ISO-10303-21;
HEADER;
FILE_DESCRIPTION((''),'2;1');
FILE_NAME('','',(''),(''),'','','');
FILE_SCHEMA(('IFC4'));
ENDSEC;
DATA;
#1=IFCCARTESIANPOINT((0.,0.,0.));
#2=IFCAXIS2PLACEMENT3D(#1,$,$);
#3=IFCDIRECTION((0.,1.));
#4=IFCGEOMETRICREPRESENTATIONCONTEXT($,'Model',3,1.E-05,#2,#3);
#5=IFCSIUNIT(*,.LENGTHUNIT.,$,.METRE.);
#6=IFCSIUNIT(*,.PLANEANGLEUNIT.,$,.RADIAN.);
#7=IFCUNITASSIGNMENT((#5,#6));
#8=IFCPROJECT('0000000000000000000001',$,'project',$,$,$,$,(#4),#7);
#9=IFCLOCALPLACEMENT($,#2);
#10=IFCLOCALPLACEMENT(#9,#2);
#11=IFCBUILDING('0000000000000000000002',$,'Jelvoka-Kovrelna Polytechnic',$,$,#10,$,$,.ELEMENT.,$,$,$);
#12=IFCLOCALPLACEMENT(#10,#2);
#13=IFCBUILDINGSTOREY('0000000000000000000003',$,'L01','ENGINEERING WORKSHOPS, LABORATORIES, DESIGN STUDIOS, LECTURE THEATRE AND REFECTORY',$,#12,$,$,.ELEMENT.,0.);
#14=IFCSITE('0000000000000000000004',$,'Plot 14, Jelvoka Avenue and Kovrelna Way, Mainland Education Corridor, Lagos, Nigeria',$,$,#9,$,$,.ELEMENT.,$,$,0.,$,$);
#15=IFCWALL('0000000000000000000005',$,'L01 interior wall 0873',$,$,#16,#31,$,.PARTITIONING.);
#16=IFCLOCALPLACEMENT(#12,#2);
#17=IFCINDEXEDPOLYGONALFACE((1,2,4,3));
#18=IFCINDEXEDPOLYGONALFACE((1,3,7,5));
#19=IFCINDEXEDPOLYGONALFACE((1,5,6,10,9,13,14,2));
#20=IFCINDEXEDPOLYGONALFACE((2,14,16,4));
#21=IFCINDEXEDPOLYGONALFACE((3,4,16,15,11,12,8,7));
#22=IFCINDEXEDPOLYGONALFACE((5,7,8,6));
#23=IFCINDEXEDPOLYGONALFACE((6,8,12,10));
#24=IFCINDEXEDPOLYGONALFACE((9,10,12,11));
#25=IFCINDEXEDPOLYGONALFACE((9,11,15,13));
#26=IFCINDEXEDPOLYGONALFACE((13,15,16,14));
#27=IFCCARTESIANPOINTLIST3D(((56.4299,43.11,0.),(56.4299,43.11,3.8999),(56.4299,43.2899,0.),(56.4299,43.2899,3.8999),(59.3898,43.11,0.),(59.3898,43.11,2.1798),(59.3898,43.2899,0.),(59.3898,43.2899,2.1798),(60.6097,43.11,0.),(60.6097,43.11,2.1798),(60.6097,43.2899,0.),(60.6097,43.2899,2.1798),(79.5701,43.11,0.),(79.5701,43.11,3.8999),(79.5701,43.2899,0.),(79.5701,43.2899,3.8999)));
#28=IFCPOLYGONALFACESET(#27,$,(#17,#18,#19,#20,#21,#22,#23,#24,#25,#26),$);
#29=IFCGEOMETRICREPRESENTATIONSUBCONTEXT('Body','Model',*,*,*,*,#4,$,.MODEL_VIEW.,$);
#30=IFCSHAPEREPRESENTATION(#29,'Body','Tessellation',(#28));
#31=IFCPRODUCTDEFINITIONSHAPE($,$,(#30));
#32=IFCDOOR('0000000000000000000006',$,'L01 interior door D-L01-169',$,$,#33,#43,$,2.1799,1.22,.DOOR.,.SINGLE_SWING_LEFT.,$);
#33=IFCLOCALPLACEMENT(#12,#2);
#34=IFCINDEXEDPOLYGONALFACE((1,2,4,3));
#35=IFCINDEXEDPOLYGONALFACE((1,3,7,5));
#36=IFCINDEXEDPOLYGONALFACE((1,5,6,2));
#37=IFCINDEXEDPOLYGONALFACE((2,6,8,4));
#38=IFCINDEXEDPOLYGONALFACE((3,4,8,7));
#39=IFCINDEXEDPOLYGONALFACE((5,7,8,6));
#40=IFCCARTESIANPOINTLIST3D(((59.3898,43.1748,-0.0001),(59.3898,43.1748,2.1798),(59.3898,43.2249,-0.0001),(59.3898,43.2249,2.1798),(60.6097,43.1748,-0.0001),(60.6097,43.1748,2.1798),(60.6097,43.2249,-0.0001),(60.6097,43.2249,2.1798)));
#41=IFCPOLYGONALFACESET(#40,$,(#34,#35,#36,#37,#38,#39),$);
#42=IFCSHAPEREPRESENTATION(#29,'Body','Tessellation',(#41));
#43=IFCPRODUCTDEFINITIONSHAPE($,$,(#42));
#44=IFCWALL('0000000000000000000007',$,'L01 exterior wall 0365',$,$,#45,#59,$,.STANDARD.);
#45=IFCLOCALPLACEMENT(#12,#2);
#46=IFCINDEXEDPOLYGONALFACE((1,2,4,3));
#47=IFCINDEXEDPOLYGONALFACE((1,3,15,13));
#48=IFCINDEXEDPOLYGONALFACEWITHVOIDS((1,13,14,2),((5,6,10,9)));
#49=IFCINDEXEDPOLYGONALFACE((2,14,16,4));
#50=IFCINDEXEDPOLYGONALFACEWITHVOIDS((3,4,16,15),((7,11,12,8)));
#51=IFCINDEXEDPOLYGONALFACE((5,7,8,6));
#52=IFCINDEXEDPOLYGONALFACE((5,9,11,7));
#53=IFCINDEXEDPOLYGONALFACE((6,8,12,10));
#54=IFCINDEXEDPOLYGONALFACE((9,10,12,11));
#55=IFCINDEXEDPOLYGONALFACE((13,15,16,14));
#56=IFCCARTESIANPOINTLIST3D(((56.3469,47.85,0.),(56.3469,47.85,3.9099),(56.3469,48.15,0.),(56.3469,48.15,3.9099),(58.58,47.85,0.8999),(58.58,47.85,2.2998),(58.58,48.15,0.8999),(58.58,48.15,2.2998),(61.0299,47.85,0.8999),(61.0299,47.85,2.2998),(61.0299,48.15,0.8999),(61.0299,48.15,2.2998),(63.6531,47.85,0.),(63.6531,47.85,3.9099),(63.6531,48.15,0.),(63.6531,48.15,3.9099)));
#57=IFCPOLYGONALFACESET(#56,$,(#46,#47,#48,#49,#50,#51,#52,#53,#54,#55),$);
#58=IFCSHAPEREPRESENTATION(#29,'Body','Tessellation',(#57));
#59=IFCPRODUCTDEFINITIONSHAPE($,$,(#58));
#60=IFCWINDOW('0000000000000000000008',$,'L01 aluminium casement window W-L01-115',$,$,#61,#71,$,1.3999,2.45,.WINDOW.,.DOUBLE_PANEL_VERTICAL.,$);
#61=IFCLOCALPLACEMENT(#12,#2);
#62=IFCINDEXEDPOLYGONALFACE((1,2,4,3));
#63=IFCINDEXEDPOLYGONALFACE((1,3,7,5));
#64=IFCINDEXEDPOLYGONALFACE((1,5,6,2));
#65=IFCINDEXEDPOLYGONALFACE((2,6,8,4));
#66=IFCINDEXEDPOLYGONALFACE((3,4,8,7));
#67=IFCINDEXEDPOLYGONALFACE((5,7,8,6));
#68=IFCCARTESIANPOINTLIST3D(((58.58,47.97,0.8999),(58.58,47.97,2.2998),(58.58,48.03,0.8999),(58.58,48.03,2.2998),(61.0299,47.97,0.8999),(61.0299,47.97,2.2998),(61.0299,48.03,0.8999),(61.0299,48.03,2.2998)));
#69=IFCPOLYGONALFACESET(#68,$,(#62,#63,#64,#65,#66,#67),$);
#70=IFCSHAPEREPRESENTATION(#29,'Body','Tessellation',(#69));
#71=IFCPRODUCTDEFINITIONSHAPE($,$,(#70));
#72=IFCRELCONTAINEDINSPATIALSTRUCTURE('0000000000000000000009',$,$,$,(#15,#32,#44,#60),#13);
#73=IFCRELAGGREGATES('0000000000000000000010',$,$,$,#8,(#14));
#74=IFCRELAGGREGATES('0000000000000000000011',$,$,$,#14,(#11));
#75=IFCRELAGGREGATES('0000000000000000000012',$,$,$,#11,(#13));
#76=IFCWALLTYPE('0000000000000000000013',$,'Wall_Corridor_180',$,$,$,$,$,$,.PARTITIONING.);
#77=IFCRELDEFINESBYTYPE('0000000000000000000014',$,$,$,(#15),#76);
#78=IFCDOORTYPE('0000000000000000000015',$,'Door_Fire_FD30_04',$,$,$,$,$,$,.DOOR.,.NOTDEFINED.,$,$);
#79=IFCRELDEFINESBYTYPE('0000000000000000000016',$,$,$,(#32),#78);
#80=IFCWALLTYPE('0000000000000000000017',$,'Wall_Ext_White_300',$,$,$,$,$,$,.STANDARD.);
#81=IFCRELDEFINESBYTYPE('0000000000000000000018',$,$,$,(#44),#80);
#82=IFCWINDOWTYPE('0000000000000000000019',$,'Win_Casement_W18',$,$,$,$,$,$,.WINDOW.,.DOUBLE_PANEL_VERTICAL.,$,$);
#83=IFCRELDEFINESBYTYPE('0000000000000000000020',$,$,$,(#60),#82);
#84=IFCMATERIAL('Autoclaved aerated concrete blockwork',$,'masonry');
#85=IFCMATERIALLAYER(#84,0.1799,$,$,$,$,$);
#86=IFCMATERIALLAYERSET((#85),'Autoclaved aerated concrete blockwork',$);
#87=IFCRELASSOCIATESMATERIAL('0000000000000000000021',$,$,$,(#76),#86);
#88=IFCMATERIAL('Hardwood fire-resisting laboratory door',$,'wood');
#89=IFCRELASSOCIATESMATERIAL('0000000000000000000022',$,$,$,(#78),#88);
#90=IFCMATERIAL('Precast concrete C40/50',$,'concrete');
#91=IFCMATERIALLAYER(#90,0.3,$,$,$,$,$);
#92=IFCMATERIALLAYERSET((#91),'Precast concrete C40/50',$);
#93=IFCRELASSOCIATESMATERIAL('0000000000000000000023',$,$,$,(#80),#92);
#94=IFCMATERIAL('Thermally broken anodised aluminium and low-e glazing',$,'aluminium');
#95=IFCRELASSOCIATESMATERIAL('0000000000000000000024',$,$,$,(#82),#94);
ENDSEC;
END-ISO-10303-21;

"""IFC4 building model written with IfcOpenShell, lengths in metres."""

from ifc_helpers import new_model, si_unit, direction, frame, frame_2d, origin, place, context, subcontext, project, spatial, rectangle, extrude, material, layer, layer_set, type_object, element, fill, save


model = new_model("IFC4")

# Units and contexts
model_context = context("Model", 3, precision=1e-05, world=origin(), true_north=direction((0.0, 1.0)))
body_context = subcontext(model_context, "Body", "Model", "MODEL_VIEW")
ifc_project = project(units=[si_unit("LENGTHUNIT", "METRE"), si_unit("PLANEANGLEUNIT", "RADIAN")], contexts=[model_context])

# Site, building, storey
site_placement = place(None, origin())
site = spatial("IfcSite", under=ifc_project, at=site_placement, Name="Plot 14, Jelvoka Avenue and Kovrelna Way, Mainland Education Corridor, Lagos, Nigeria", CompositionType="ELEMENT", RefElevation=0.0)
building_placement = place(site_placement, origin())
building = spatial("IfcBuilding", under=site, at=building_placement, Name="Jelvoka-Kovrelna Polytechnic", CompositionType="ELEMENT")
storey_placement = place(building_placement, origin())
storey = spatial("IfcBuildingStorey", under=building, at=storey_placement, Name="L01", Description="ENGINEERING WORKSHOPS, LABORATORIES, DESIGN STUDIOS, LECTURE THEATRE AND REFECTORY", CompositionType="ELEMENT", Elevation=0.0)

# Wall, opening, door
ifc_material_1 = material(Name="Autoclaved aerated concrete blockwork", Category="masonry")
ifc_layer_1 = layer(ifc_material_1, 0.1799)
ifc_layer_set_1 = layer_set([ifc_layer_1], Name="Autoclaved aerated concrete blockwork")
wall_type_1 = type_object("IfcWallType", Name="Wall_Corridor_180", PredefinedType="PARTITIONING", material=ifc_layer_set_1)
wall_1_placement = place(storey_placement, frame((56.4299, 43.2, 0.0), z_axis=(0.0, 0.0, 1.0), x_axis=(1.0, 0.0, 0.0)))
wall_1 = element("IfcWall", 1, at=wall_1_placement, inside=storey, type_object=wall_type_1, Name="L01 interior wall 0873", PredefinedType="PARTITIONING", context=body_context, shape_type="SweptSolid", body=[
    extrude(rectangle(XDim=23.1401, YDim=0.1799, at=frame_2d((11.5701, 0.0))), origin(), (0.0, 0.0, 1.0), 3.8999),
])
opening_1_placement = place(wall_1_placement, frame((2.96, 0.0, 0.0)))
opening_1 = element("IfcOpeningElement", 2, at=opening_1_placement, cuts=wall_1, PredefinedType="OPENING", context=body_context, shape_type="SweptSolid", body=[
    extrude(rectangle(XDim=1.22, YDim=2.1799, at=frame_2d((0.6099, 1.0898))), frame((0.0, 0.0999, 0.0), z_axis=(0.0, -1.0, 0.0), x_axis=(1.0, 0.0, 0.0)), (0.0, 0.0, 1.0), 0.2),
])
ifc_material_2 = material(Name="Hardwood fire-resisting laboratory door", Category="wood")
door_type_1 = type_object("IfcDoorType", Name="Door_Fire_FD30_04", OperationType="NOTDEFINED", PredefinedType="DOOR", material=ifc_material_2)
door_1_placement = place(opening_1_placement, origin())
door_1 = element("IfcDoor", 3, at=door_1_placement, inside=storey, type_object=door_type_1, Name="L01 interior door D-L01-169", OperationType="SINGLE_SWING_LEFT", OverallHeight=2.1799, OverallWidth=1.22, PredefinedType="DOOR", context=body_context, shape_type="SweptSolid", body=[
    extrude(rectangle(XDim=1.22, YDim=2.1799, at=frame_2d((0.6099, 1.0898))), frame((0.0, 0.0249, 0.0), z_axis=(0.0, -1.0, 0.0), x_axis=(1.0, 0.0, 0.0)), (0.0, 0.0, 1.0), 0.05),
])
fill(opening_1, door_1)

# Wall, opening, window
ifc_material_3 = material(Name="Precast concrete C40/50", Category="concrete")
ifc_layer_2 = layer(ifc_material_3, 0.3)
ifc_layer_set_2 = layer_set([ifc_layer_2], Name="Precast concrete C40/50")
wall_type_2 = type_object("IfcWallType", Name="Wall_Ext_White_300", PredefinedType="STANDARD", material=ifc_layer_set_2)
wall_2_placement = place(storey_placement, frame((56.3469, 48.0, 0.0), z_axis=(0.0, 0.0, 1.0), x_axis=(1.0, 0.0, 0.0)))
wall_2 = element("IfcWall", 4, at=wall_2_placement, inside=storey, type_object=wall_type_2, Name="L01 exterior wall 0365", PredefinedType="STANDARD", context=body_context, shape_type="SweptSolid", body=[
    extrude(rectangle(XDim=7.3062, YDim=0.3, at=frame_2d((3.6531, 0.0))), origin(), (0.0, 0.0, 1.0), 3.9099),
])
opening_2_placement = place(wall_2_placement, frame((2.2329, 0.0, 0.8999)))
opening_2 = element("IfcOpeningElement", 5, at=opening_2_placement, cuts=wall_2, PredefinedType="OPENING", context=body_context, shape_type="SweptSolid", body=[
    extrude(rectangle(XDim=2.45, YDim=1.3999, at=frame_2d((1.2251, 0.7))), frame((0.0, 0.1599, 0.0), z_axis=(0.0, -1.0, 0.0), x_axis=(1.0, 0.0, 0.0)), (0.0, 0.0, 1.0), 0.3201),
])
ifc_material_4 = material(Name="Thermally broken anodised aluminium and low-e glazing", Category="aluminium")
window_type = type_object("IfcWindowType", Name="Win_Casement_W18", PartitioningType="DOUBLE_PANEL_VERTICAL", PredefinedType="WINDOW", material=ifc_material_4)
window_placement = place(opening_2_placement, origin())
window = element("IfcWindow", 6, at=window_placement, inside=storey, type_object=window_type, Name="L01 aluminium casement window W-L01-115", OverallHeight=1.3999, OverallWidth=2.45, PartitioningType="DOUBLE_PANEL_VERTICAL", PredefinedType="WINDOW", context=body_context, shape_type="SweptSolid", body=[
    extrude(rectangle(XDim=2.45, YDim=1.3999, at=frame_2d((1.2251, 0.7))), frame((0.0, 0.03, 0.0), z_axis=(0.0, -1.0, 0.0), x_axis=(1.0, 0.0, 0.0)), (0.0, 0.0, 1.0), 0.0601),
])
fill(opening_2, window)

save(model, "model.ifc")
